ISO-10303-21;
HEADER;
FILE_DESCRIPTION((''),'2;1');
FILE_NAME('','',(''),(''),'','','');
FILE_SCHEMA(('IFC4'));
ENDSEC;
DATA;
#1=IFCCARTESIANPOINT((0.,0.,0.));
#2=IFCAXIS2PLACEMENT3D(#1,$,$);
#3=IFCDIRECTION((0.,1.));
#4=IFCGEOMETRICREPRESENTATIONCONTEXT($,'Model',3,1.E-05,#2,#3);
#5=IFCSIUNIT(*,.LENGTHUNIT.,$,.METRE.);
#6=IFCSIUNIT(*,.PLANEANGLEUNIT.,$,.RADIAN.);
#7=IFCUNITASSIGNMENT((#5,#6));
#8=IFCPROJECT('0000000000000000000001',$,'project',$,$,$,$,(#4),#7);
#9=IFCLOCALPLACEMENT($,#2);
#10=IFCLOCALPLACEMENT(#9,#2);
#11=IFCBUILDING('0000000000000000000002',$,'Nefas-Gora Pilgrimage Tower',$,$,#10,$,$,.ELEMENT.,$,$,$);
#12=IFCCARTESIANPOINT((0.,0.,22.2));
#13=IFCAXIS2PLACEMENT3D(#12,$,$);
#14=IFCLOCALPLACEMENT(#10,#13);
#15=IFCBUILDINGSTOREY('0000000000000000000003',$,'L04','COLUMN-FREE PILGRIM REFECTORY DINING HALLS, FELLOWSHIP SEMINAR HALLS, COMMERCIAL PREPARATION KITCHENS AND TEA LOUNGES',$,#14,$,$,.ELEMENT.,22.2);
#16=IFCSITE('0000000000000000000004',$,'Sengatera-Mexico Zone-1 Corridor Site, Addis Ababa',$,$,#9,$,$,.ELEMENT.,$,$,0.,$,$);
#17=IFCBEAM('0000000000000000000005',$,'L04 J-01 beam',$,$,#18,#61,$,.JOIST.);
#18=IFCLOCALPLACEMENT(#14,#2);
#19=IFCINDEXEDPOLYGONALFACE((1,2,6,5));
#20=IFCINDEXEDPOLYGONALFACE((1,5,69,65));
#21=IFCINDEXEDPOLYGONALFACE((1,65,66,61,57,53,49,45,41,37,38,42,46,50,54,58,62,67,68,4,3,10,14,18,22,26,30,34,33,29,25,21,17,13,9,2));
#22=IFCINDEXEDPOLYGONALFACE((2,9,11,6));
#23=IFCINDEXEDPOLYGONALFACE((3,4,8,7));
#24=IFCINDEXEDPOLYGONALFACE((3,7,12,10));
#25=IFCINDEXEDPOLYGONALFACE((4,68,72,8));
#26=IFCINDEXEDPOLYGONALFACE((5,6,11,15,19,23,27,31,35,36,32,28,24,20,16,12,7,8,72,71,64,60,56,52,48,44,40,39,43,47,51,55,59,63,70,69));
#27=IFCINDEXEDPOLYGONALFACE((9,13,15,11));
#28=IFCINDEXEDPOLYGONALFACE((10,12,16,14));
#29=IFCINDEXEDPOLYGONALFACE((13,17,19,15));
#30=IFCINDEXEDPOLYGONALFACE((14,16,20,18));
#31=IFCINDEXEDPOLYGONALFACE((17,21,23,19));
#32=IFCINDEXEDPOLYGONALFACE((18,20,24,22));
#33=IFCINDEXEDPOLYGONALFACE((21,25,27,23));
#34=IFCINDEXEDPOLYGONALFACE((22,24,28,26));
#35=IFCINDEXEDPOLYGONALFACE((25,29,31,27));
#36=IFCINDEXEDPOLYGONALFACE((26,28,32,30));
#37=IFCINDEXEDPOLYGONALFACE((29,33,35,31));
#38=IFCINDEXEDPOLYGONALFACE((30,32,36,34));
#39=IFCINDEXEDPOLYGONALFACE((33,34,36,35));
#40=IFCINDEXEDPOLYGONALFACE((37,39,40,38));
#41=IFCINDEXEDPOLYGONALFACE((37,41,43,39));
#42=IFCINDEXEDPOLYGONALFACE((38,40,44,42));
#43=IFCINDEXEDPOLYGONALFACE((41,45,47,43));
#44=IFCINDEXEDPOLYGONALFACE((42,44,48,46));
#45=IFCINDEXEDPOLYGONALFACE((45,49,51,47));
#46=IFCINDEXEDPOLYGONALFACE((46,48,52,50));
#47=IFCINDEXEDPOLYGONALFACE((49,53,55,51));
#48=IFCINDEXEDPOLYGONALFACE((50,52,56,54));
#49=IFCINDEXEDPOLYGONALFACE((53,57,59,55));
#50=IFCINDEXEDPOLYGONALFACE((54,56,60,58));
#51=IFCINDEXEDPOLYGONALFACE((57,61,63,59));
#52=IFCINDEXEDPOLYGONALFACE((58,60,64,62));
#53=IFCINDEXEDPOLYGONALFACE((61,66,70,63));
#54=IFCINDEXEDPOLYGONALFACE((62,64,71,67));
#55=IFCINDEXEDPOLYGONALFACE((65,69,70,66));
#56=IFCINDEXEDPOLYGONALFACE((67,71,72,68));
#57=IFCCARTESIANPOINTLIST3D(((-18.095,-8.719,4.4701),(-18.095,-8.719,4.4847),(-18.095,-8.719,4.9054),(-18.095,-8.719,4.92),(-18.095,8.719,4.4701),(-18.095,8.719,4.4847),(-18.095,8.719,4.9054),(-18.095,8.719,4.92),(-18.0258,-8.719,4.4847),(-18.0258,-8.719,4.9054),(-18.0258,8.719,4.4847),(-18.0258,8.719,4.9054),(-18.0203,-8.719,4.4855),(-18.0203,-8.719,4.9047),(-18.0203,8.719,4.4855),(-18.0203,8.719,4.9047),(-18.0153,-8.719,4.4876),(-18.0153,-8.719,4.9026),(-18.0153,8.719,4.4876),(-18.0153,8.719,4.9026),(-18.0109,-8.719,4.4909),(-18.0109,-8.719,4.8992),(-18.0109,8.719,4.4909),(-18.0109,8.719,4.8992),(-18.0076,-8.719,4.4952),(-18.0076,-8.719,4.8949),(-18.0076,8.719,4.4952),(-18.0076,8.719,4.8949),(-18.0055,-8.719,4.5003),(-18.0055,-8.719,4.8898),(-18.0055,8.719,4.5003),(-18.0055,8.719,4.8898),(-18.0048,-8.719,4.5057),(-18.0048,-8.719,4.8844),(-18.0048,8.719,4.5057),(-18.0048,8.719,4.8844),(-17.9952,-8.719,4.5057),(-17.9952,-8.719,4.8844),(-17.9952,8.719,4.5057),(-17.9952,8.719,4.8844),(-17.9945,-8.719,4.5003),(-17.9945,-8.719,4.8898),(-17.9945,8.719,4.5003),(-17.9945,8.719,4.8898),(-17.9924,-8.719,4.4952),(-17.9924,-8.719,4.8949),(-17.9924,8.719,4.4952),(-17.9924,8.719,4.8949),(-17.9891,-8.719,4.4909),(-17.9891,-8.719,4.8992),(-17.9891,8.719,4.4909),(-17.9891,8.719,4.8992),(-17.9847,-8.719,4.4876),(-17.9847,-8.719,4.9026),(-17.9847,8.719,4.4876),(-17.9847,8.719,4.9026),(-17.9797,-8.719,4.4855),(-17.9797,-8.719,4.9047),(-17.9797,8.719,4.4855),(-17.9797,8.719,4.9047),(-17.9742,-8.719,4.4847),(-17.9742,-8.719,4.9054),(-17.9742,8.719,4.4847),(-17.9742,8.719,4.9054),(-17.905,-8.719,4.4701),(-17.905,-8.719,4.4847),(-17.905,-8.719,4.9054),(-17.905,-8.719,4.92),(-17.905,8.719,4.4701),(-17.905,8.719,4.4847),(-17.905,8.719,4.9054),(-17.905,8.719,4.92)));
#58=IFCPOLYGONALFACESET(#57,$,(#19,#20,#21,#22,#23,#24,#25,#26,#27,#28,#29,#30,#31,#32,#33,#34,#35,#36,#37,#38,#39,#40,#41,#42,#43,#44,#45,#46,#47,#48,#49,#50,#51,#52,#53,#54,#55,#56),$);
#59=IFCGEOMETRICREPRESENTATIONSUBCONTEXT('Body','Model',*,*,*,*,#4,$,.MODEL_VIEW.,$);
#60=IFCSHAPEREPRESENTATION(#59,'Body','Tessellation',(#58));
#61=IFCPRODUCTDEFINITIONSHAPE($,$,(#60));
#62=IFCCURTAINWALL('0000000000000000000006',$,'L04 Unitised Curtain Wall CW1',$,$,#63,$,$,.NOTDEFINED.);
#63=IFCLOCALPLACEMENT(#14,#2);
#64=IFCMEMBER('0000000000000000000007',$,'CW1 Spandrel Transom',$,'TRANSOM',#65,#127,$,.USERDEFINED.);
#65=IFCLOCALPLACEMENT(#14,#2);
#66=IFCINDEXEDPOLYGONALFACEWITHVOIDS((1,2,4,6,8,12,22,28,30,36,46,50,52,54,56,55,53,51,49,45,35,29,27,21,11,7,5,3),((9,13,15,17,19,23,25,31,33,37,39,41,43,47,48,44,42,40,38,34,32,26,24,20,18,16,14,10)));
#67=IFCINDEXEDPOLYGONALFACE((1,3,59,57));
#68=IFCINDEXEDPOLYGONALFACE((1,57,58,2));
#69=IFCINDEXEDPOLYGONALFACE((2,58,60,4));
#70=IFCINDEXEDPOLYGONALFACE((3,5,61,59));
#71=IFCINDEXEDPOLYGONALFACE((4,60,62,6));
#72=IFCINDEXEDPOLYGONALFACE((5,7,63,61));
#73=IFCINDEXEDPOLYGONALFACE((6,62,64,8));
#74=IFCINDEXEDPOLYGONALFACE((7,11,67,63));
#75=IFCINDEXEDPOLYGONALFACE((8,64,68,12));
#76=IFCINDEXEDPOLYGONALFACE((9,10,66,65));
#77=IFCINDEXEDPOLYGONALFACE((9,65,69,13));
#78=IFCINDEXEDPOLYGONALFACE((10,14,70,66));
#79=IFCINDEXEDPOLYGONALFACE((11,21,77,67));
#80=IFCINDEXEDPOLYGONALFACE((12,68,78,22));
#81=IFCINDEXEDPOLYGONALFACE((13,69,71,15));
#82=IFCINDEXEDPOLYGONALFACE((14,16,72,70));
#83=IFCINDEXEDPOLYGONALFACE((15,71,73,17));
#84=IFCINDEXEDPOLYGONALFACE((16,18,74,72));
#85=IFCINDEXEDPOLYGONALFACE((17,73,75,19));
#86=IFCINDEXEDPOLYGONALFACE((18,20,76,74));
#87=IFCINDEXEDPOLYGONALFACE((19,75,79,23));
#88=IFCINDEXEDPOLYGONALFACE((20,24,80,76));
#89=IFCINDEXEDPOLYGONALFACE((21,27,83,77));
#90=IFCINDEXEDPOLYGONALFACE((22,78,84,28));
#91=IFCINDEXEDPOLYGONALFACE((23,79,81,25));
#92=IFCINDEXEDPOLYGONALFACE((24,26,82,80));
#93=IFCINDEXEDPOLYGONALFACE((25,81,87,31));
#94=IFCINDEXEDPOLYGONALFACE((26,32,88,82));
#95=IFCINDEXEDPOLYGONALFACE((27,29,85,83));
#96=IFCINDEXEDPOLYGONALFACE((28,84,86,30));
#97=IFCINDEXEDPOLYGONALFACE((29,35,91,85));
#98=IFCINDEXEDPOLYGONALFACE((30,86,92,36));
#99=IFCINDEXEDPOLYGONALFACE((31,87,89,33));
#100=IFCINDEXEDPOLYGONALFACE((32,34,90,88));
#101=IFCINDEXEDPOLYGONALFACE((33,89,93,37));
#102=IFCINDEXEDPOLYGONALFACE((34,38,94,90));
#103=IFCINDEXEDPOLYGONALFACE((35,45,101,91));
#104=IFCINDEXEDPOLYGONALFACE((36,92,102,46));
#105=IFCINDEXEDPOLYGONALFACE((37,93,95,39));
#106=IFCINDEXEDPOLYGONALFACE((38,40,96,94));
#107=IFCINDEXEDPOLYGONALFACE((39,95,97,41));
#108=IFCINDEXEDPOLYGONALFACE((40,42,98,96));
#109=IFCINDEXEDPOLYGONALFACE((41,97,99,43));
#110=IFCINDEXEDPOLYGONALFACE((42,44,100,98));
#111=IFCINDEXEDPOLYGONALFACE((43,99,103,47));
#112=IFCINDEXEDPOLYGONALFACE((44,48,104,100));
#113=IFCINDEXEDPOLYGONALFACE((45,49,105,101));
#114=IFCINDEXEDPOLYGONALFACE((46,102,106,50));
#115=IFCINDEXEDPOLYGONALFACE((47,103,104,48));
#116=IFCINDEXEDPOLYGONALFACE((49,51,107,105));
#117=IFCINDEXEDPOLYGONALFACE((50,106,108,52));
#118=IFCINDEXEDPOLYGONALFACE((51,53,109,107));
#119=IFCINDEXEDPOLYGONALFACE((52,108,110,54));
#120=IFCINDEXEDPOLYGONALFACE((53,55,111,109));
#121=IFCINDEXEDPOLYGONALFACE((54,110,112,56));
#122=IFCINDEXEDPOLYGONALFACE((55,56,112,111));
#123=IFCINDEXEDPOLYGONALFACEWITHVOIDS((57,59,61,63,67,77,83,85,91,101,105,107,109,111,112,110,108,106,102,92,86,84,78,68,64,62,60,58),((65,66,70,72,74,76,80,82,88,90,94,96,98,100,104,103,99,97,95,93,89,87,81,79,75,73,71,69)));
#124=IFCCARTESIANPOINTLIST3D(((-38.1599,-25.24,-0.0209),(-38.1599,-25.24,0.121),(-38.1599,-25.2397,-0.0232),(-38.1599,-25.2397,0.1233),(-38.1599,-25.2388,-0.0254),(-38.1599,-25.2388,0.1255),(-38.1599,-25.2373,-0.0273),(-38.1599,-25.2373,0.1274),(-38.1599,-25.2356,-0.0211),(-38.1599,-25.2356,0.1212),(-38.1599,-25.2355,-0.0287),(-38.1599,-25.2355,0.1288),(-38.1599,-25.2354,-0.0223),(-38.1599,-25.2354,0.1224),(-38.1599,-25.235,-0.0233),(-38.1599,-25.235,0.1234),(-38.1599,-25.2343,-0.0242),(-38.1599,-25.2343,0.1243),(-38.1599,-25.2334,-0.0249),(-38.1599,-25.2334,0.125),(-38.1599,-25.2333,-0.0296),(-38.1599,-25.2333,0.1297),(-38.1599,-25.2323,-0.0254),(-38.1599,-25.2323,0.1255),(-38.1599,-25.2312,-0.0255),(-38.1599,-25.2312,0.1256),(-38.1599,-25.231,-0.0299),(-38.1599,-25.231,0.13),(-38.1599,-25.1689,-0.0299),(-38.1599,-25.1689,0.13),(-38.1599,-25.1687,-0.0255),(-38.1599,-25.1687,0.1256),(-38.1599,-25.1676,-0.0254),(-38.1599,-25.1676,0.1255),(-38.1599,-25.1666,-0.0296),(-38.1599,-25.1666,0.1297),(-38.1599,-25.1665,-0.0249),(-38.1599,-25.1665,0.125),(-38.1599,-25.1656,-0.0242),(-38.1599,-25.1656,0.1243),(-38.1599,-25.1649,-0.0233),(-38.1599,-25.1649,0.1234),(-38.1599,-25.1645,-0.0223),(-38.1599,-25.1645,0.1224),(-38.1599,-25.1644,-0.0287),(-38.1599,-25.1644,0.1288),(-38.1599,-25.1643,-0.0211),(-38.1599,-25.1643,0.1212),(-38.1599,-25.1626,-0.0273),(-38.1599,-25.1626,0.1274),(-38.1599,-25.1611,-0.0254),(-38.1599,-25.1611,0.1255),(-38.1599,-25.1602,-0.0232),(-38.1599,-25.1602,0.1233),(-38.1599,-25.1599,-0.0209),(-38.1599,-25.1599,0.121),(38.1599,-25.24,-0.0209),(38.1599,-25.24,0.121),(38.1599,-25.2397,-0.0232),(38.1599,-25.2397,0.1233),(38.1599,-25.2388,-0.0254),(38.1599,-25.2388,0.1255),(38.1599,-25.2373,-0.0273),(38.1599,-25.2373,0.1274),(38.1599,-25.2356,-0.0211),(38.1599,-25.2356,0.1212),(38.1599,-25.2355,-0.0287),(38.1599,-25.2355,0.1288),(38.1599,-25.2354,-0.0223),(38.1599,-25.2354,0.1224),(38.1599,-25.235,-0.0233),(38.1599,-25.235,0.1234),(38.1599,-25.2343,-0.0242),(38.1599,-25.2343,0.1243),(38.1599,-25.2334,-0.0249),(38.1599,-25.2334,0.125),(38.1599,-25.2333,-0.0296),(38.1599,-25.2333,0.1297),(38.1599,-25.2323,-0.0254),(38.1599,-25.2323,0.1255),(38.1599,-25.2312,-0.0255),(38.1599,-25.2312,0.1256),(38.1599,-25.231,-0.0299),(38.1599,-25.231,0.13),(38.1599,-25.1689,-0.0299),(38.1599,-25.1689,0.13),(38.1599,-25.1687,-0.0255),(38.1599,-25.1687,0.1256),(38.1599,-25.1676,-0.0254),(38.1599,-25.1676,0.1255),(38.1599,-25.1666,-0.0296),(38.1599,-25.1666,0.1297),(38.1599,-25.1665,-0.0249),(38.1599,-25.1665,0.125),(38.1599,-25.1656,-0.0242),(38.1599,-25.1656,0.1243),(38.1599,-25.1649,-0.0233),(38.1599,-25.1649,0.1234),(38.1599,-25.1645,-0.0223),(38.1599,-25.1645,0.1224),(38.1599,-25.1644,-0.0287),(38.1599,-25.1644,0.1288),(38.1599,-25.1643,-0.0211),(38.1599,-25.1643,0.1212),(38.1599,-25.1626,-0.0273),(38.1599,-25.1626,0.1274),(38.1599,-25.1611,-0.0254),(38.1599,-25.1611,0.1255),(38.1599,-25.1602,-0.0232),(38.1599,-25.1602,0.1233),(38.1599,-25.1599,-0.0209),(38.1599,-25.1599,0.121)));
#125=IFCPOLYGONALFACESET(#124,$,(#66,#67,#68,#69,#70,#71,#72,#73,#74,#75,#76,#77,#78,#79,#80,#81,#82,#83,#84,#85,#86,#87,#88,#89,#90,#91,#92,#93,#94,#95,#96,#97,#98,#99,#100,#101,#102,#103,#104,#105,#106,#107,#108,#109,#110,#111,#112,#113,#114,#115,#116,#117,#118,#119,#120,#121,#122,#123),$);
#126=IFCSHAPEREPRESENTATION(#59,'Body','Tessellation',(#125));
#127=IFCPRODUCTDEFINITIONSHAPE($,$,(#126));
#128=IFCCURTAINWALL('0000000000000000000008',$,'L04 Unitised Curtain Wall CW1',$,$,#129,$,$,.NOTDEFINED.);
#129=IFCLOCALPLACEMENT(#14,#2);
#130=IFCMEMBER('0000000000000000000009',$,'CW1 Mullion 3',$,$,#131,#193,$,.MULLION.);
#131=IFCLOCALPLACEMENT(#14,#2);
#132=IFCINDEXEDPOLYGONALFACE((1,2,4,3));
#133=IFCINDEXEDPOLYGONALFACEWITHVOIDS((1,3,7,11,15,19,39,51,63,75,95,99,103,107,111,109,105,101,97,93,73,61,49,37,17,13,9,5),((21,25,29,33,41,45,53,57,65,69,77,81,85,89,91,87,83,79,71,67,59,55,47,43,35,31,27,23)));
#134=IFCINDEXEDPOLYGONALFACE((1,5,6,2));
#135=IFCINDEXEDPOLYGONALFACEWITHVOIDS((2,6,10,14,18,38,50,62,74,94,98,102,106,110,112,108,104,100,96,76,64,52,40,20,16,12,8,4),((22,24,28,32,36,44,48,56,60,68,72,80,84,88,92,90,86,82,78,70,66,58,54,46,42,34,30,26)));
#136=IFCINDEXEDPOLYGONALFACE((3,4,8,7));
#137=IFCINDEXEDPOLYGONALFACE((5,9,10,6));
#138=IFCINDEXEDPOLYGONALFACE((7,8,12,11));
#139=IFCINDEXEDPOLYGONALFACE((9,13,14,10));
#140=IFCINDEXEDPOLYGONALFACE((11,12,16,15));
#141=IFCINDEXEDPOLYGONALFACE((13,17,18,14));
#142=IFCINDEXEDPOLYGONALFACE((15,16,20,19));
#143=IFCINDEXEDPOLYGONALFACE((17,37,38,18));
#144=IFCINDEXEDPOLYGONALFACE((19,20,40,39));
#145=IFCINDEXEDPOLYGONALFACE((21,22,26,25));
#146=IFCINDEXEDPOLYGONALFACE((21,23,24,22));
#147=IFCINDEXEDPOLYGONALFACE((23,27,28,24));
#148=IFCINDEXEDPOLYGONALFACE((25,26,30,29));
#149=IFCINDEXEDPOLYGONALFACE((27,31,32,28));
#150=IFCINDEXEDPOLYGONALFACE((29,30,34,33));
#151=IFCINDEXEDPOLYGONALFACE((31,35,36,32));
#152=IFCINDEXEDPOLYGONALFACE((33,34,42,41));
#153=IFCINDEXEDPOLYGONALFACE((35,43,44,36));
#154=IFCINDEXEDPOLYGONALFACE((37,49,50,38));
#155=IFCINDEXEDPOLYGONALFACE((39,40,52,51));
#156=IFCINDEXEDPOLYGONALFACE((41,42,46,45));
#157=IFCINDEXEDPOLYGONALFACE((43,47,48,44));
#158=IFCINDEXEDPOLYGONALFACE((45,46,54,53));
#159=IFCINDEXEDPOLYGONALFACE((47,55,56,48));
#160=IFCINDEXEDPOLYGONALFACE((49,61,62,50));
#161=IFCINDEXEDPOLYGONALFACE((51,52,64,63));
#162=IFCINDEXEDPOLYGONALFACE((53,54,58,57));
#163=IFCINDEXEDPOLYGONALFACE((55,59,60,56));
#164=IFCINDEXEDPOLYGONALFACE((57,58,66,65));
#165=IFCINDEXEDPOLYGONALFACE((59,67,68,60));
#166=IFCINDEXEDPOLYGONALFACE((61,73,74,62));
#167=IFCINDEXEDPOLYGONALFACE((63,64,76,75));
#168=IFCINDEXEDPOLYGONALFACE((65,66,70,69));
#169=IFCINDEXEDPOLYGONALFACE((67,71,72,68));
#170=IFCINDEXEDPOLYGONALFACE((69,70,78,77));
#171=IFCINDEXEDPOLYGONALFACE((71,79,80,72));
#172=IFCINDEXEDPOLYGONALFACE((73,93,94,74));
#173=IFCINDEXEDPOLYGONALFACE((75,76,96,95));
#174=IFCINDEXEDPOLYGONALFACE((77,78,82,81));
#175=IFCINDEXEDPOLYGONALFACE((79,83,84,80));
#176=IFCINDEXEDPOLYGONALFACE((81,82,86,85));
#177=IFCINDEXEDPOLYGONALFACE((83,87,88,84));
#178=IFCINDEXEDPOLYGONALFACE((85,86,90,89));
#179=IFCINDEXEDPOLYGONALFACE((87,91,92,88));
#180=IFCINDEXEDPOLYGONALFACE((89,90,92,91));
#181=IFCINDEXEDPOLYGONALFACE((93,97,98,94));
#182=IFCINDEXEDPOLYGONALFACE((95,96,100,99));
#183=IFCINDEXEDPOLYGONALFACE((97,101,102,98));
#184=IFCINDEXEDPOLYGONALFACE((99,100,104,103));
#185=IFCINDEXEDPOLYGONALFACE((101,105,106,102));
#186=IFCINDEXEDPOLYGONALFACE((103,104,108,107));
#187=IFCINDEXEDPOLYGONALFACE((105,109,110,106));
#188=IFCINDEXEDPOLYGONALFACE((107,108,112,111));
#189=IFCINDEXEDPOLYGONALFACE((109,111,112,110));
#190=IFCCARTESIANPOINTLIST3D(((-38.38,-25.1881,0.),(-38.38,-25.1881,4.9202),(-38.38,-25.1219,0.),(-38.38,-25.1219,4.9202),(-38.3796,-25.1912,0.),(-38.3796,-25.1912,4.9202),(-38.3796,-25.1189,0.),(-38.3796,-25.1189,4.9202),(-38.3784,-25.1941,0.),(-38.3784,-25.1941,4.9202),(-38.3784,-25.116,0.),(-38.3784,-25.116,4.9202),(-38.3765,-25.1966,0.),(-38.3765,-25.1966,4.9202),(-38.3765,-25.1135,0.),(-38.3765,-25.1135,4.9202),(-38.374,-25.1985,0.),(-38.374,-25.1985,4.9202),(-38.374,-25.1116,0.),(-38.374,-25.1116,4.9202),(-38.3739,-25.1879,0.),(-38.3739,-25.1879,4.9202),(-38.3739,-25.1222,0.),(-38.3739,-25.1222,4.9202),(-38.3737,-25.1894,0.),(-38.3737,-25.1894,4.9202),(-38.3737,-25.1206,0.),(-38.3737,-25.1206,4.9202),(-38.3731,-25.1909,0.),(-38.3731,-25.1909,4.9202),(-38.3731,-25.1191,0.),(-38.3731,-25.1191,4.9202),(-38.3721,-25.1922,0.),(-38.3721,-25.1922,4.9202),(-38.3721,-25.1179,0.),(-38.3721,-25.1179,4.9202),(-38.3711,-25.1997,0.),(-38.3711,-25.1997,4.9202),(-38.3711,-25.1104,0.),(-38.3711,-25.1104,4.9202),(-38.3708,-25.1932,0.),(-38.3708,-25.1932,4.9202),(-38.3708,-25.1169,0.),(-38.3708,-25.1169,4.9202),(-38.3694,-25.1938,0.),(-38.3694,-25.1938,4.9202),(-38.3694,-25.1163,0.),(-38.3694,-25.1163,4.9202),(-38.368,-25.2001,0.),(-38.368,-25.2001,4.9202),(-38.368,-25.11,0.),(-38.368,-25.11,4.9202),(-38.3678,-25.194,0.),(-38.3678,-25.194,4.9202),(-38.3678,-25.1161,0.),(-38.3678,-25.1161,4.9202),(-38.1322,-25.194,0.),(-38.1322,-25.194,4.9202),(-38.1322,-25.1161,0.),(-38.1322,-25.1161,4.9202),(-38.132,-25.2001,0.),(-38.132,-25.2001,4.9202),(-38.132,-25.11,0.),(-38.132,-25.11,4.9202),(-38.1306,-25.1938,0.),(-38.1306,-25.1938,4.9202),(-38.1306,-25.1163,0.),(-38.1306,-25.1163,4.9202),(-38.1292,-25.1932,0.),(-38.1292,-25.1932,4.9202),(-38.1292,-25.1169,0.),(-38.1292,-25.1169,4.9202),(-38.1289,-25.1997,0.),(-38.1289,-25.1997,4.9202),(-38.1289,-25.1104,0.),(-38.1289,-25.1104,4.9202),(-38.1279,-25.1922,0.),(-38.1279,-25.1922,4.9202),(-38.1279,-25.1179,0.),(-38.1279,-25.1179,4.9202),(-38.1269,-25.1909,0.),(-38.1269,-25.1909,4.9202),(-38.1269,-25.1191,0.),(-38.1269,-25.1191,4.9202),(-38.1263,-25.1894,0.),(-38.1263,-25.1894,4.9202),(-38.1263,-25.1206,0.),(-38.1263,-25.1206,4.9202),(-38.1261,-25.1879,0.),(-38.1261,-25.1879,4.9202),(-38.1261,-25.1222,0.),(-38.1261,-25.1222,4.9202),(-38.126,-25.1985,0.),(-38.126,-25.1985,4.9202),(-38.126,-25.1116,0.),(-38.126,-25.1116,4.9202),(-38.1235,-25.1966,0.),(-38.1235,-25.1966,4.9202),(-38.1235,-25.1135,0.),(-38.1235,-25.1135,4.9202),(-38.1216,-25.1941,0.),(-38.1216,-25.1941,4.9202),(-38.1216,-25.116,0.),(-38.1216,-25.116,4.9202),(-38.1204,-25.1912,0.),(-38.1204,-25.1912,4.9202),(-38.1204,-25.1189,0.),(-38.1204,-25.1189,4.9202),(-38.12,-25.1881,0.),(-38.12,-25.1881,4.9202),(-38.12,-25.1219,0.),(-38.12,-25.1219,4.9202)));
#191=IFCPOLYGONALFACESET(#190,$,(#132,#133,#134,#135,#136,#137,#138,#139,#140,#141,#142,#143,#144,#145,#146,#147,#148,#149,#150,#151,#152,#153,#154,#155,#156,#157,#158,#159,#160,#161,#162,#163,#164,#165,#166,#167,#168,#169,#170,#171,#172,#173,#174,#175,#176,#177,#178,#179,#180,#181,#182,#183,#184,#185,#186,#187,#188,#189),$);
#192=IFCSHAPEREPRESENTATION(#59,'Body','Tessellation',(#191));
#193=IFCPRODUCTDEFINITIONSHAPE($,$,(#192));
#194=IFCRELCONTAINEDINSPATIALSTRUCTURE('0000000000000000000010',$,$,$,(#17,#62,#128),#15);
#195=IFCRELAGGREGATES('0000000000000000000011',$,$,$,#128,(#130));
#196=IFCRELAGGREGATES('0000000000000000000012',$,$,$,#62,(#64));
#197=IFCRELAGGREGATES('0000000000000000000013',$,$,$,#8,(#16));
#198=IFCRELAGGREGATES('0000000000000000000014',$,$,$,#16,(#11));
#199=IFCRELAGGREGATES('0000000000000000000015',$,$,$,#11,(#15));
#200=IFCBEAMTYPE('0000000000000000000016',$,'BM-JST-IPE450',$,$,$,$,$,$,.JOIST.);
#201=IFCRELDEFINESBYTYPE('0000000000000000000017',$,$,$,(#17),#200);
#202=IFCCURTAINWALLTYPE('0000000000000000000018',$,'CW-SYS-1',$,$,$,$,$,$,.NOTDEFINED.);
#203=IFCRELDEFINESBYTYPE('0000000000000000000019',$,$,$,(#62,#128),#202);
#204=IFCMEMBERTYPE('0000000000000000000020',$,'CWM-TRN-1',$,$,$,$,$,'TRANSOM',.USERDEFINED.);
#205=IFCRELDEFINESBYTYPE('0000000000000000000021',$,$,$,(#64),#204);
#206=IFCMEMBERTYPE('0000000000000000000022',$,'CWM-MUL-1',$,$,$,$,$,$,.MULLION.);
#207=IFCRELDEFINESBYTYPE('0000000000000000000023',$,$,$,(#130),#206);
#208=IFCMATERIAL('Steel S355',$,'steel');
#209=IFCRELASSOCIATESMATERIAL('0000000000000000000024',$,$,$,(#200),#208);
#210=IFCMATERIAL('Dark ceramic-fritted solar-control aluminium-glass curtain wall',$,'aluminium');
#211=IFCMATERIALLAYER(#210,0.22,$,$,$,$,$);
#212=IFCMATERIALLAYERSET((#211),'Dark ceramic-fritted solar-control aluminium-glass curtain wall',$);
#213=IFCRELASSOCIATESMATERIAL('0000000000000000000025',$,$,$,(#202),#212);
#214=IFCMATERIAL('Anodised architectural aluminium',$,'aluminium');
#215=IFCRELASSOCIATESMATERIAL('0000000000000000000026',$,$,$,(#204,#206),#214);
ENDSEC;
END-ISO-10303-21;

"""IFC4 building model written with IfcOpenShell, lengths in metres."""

from ifc_helpers import new_model, si_unit, direction, frame, origin, origin_2d, place, context, subcontext, project, spatial, hollow_rectangle, i_section, extrude, source, transform, mapped, material, layer, layer_set, material_profile, profile_set, type_object, element, aggregate, save


model = new_model("IFC4")

# Units and contexts
model_context = context("Model", 3, precision=1e-05, world=origin(), true_north=direction((0.0, 1.0)))
body_context = subcontext(model_context, "Body", "Model", "MODEL_VIEW")
ifc_project = project(units=[si_unit("LENGTHUNIT", "METRE"), si_unit("PLANEANGLEUNIT", "RADIAN")], contexts=[model_context])

# Site, building, storey
site_placement = place(None, origin())
site = spatial("IfcSite", under=ifc_project, at=site_placement, Name="Sengatera-Mexico Zone-1 Corridor Site, Addis Ababa", CompositionType="ELEMENT", RefElevation=0.0)
building_placement = place(site_placement, origin())
building = spatial("IfcBuilding", under=site, at=building_placement, Name="Nefas-Gora Pilgrimage Tower", CompositionType="ELEMENT")
storey_placement = place(building_placement, frame((0.0, 0.0, 22.2)))
storey = spatial("IfcBuildingStorey", under=building, at=storey_placement, Name="L04", Description="COLUMN-FREE PILGRIM REFECTORY DINING HALLS, FELLOWSHIP SEMINAR HALLS, COMMERCIAL PREPARATION KITCHENS AND TEA LOUNGES", CompositionType="ELEMENT", Elevation=22.2)

# Beam
ifc_material_1 = material(Name="Steel S355", Category="steel")
ifc_material_profile_1 = material_profile(ifc_material_1, i_section(OverallWidth=0.1899, OverallDepth=0.45, WebThickness=0.0095, FlangeThickness=0.0146, FilletRadius=0.021, at=origin_2d()), Name="IPE 450")
ifc_profile_set_1 = profile_set([ifc_material_profile_1], Name="Steel S355")
beam_type_1 = type_object("IfcBeamType", Name="BM-JST-IPE450", PredefinedType="JOIST", material=ifc_profile_set_1)
shared_shape_1 = source(origin(), body_context, "Body", "SweptSolid", [
    extrude(i_section(OverallWidth=0.1899, OverallDepth=0.45, WebThickness=0.0095, FlangeThickness=0.0146, FilletRadius=0.021, at=origin_2d()), origin(), (0.0, 0.0, 1.0), 17.438),
])
beam_1_placement = place(storey_placement, frame((-18.0, -8.719, 4.6951), z_axis=(0.0, 1.0, 0.0), x_axis=(-1.0, 0.0, 0.0)))
element("IfcBeam", 1, at=beam_1_placement, inside=storey, type_object=beam_type_1, Name="L04 J-01 beam", PredefinedType="JOIST", context=body_context, shape_type="MappedRepresentation", body=[
    mapped(shared_shape_1, transform((0.0, 0.0, 0.0), x_axis=(1.0, 0.0, 0.0), y_axis=(0.0, 1.0, 0.0), z_axis=(0.0, 0.0, 1.0), scale=1.0)),
])

# Curtain walls, members
ifc_material_2 = material(Name="Dark ceramic-fritted solar-control aluminium-glass curtain wall", Category="aluminium")
ifc_layer_1 = layer(ifc_material_2, 0.22)
ifc_layer_set_1 = layer_set([ifc_layer_1], Name="Dark ceramic-fritted solar-control aluminium-glass curtain wall")
curtain_wall_type = type_object("IfcCurtainWallType", Name="CW-SYS-1", PredefinedType="NOTDEFINED", material=ifc_layer_set_1)
curtain_wall_1_placement = place(storey_placement, origin())
curtain_wall_1 = element("IfcCurtainWall", 2, at=curtain_wall_1_placement, inside=storey, type_object=curtain_wall_type, Name="L04 Unitised Curtain Wall CW1", PredefinedType="NOTDEFINED")
ifc_material_3 = material(Name="Anodised architectural aluminium", Category="aluminium")
ifc_material_profile_2 = material_profile(ifc_material_3, hollow_rectangle(XDim=0.0801, YDim=0.1599, WallThickness=0.0044, InnerFilletRadius=0.0044, OuterFilletRadius=0.009, at=origin_2d()), Name="ALU TRANSOM 80x160")
ifc_profile_set_2 = profile_set([ifc_material_profile_2], Name="Anodised architectural aluminium")
member_type_1 = type_object("IfcMemberType", Name="CWM-TRN-1", ElementType="TRANSOM", PredefinedType="USERDEFINED", material=ifc_profile_set_2)
shared_shape_2 = source(origin(), body_context, "Body", "SweptSolid", [
    extrude(hollow_rectangle(XDim=0.0801, YDim=0.1599, WallThickness=0.0044, InnerFilletRadius=0.0044, OuterFilletRadius=0.009, at=origin_2d()), origin(), (0.0, 0.0, 1.0), 76.3198),
])
member_1_placement = place(storey_placement, frame((-38.1599, -25.2, 0.05), z_axis=(1.0, 0.0, 0.0), x_axis=(0.0, 1.0, 0.0)))
member_1 = element("IfcMember", 3, at=member_1_placement, type_object=member_type_1, Name="CW1 Spandrel Transom", ObjectType="TRANSOM", PredefinedType="USERDEFINED", context=body_context, shape_type="MappedRepresentation", body=[
    mapped(shared_shape_2, transform((0.0, 0.0, 0.0), x_axis=(1.0, 0.0, 0.0), y_axis=(0.0, 1.0, 0.0), z_axis=(0.0, 0.0, 1.0), scale=1.0)),
])
curtain_wall_2_placement = place(storey_placement, origin())
curtain_wall_2 = element("IfcCurtainWall", 4, at=curtain_wall_2_placement, inside=storey, type_object=curtain_wall_type, Name="L04 Unitised Curtain Wall CW1", PredefinedType="NOTDEFINED")
ifc_material_profile_3 = material_profile(ifc_material_3, hollow_rectangle(XDim=0.0901, YDim=0.26, WallThickness=0.0061, InnerFilletRadius=0.0061, OuterFilletRadius=0.012, at=origin_2d()), Name="ALU MULLION 90x260")
ifc_profile_set_3 = profile_set([ifc_material_profile_3], Name="Anodised architectural aluminium")
member_type_2 = type_object("IfcMemberType", Name="CWM-MUL-1", PredefinedType="MULLION", material=ifc_profile_set_3)
shared_shape_3 = source(origin(), body_context, "Body", "SweptSolid", [
    extrude(hollow_rectangle(XDim=0.0901, YDim=0.26, WallThickness=0.0061, InnerFilletRadius=0.0061, OuterFilletRadius=0.012, at=origin_2d()), origin(), (0.0, 0.0, 1.0), 4.9202),
])
member_2_placement = place(storey_placement, frame((-38.25, -25.155, 0.0), z_axis=(0.0, 0.0, 1.0), x_axis=(0.0, -1.0, 0.0)))
member_2 = element("IfcMember", 5, at=member_2_placement, type_object=member_type_2, Name="CW1 Mullion 3", PredefinedType="MULLION", context=body_context, shape_type="MappedRepresentation", body=[
    mapped(shared_shape_3, transform((0.0, 0.0, 0.0), x_axis=(1.0, 0.0, 0.0), y_axis=(0.0, 1.0, 0.0), z_axis=(0.0, 0.0, 1.0), scale=1.0)),
])

aggregate(curtain_wall_2, [member_2])
aggregate(curtain_wall_1, [member_1])

save(model, "model.ifc")
